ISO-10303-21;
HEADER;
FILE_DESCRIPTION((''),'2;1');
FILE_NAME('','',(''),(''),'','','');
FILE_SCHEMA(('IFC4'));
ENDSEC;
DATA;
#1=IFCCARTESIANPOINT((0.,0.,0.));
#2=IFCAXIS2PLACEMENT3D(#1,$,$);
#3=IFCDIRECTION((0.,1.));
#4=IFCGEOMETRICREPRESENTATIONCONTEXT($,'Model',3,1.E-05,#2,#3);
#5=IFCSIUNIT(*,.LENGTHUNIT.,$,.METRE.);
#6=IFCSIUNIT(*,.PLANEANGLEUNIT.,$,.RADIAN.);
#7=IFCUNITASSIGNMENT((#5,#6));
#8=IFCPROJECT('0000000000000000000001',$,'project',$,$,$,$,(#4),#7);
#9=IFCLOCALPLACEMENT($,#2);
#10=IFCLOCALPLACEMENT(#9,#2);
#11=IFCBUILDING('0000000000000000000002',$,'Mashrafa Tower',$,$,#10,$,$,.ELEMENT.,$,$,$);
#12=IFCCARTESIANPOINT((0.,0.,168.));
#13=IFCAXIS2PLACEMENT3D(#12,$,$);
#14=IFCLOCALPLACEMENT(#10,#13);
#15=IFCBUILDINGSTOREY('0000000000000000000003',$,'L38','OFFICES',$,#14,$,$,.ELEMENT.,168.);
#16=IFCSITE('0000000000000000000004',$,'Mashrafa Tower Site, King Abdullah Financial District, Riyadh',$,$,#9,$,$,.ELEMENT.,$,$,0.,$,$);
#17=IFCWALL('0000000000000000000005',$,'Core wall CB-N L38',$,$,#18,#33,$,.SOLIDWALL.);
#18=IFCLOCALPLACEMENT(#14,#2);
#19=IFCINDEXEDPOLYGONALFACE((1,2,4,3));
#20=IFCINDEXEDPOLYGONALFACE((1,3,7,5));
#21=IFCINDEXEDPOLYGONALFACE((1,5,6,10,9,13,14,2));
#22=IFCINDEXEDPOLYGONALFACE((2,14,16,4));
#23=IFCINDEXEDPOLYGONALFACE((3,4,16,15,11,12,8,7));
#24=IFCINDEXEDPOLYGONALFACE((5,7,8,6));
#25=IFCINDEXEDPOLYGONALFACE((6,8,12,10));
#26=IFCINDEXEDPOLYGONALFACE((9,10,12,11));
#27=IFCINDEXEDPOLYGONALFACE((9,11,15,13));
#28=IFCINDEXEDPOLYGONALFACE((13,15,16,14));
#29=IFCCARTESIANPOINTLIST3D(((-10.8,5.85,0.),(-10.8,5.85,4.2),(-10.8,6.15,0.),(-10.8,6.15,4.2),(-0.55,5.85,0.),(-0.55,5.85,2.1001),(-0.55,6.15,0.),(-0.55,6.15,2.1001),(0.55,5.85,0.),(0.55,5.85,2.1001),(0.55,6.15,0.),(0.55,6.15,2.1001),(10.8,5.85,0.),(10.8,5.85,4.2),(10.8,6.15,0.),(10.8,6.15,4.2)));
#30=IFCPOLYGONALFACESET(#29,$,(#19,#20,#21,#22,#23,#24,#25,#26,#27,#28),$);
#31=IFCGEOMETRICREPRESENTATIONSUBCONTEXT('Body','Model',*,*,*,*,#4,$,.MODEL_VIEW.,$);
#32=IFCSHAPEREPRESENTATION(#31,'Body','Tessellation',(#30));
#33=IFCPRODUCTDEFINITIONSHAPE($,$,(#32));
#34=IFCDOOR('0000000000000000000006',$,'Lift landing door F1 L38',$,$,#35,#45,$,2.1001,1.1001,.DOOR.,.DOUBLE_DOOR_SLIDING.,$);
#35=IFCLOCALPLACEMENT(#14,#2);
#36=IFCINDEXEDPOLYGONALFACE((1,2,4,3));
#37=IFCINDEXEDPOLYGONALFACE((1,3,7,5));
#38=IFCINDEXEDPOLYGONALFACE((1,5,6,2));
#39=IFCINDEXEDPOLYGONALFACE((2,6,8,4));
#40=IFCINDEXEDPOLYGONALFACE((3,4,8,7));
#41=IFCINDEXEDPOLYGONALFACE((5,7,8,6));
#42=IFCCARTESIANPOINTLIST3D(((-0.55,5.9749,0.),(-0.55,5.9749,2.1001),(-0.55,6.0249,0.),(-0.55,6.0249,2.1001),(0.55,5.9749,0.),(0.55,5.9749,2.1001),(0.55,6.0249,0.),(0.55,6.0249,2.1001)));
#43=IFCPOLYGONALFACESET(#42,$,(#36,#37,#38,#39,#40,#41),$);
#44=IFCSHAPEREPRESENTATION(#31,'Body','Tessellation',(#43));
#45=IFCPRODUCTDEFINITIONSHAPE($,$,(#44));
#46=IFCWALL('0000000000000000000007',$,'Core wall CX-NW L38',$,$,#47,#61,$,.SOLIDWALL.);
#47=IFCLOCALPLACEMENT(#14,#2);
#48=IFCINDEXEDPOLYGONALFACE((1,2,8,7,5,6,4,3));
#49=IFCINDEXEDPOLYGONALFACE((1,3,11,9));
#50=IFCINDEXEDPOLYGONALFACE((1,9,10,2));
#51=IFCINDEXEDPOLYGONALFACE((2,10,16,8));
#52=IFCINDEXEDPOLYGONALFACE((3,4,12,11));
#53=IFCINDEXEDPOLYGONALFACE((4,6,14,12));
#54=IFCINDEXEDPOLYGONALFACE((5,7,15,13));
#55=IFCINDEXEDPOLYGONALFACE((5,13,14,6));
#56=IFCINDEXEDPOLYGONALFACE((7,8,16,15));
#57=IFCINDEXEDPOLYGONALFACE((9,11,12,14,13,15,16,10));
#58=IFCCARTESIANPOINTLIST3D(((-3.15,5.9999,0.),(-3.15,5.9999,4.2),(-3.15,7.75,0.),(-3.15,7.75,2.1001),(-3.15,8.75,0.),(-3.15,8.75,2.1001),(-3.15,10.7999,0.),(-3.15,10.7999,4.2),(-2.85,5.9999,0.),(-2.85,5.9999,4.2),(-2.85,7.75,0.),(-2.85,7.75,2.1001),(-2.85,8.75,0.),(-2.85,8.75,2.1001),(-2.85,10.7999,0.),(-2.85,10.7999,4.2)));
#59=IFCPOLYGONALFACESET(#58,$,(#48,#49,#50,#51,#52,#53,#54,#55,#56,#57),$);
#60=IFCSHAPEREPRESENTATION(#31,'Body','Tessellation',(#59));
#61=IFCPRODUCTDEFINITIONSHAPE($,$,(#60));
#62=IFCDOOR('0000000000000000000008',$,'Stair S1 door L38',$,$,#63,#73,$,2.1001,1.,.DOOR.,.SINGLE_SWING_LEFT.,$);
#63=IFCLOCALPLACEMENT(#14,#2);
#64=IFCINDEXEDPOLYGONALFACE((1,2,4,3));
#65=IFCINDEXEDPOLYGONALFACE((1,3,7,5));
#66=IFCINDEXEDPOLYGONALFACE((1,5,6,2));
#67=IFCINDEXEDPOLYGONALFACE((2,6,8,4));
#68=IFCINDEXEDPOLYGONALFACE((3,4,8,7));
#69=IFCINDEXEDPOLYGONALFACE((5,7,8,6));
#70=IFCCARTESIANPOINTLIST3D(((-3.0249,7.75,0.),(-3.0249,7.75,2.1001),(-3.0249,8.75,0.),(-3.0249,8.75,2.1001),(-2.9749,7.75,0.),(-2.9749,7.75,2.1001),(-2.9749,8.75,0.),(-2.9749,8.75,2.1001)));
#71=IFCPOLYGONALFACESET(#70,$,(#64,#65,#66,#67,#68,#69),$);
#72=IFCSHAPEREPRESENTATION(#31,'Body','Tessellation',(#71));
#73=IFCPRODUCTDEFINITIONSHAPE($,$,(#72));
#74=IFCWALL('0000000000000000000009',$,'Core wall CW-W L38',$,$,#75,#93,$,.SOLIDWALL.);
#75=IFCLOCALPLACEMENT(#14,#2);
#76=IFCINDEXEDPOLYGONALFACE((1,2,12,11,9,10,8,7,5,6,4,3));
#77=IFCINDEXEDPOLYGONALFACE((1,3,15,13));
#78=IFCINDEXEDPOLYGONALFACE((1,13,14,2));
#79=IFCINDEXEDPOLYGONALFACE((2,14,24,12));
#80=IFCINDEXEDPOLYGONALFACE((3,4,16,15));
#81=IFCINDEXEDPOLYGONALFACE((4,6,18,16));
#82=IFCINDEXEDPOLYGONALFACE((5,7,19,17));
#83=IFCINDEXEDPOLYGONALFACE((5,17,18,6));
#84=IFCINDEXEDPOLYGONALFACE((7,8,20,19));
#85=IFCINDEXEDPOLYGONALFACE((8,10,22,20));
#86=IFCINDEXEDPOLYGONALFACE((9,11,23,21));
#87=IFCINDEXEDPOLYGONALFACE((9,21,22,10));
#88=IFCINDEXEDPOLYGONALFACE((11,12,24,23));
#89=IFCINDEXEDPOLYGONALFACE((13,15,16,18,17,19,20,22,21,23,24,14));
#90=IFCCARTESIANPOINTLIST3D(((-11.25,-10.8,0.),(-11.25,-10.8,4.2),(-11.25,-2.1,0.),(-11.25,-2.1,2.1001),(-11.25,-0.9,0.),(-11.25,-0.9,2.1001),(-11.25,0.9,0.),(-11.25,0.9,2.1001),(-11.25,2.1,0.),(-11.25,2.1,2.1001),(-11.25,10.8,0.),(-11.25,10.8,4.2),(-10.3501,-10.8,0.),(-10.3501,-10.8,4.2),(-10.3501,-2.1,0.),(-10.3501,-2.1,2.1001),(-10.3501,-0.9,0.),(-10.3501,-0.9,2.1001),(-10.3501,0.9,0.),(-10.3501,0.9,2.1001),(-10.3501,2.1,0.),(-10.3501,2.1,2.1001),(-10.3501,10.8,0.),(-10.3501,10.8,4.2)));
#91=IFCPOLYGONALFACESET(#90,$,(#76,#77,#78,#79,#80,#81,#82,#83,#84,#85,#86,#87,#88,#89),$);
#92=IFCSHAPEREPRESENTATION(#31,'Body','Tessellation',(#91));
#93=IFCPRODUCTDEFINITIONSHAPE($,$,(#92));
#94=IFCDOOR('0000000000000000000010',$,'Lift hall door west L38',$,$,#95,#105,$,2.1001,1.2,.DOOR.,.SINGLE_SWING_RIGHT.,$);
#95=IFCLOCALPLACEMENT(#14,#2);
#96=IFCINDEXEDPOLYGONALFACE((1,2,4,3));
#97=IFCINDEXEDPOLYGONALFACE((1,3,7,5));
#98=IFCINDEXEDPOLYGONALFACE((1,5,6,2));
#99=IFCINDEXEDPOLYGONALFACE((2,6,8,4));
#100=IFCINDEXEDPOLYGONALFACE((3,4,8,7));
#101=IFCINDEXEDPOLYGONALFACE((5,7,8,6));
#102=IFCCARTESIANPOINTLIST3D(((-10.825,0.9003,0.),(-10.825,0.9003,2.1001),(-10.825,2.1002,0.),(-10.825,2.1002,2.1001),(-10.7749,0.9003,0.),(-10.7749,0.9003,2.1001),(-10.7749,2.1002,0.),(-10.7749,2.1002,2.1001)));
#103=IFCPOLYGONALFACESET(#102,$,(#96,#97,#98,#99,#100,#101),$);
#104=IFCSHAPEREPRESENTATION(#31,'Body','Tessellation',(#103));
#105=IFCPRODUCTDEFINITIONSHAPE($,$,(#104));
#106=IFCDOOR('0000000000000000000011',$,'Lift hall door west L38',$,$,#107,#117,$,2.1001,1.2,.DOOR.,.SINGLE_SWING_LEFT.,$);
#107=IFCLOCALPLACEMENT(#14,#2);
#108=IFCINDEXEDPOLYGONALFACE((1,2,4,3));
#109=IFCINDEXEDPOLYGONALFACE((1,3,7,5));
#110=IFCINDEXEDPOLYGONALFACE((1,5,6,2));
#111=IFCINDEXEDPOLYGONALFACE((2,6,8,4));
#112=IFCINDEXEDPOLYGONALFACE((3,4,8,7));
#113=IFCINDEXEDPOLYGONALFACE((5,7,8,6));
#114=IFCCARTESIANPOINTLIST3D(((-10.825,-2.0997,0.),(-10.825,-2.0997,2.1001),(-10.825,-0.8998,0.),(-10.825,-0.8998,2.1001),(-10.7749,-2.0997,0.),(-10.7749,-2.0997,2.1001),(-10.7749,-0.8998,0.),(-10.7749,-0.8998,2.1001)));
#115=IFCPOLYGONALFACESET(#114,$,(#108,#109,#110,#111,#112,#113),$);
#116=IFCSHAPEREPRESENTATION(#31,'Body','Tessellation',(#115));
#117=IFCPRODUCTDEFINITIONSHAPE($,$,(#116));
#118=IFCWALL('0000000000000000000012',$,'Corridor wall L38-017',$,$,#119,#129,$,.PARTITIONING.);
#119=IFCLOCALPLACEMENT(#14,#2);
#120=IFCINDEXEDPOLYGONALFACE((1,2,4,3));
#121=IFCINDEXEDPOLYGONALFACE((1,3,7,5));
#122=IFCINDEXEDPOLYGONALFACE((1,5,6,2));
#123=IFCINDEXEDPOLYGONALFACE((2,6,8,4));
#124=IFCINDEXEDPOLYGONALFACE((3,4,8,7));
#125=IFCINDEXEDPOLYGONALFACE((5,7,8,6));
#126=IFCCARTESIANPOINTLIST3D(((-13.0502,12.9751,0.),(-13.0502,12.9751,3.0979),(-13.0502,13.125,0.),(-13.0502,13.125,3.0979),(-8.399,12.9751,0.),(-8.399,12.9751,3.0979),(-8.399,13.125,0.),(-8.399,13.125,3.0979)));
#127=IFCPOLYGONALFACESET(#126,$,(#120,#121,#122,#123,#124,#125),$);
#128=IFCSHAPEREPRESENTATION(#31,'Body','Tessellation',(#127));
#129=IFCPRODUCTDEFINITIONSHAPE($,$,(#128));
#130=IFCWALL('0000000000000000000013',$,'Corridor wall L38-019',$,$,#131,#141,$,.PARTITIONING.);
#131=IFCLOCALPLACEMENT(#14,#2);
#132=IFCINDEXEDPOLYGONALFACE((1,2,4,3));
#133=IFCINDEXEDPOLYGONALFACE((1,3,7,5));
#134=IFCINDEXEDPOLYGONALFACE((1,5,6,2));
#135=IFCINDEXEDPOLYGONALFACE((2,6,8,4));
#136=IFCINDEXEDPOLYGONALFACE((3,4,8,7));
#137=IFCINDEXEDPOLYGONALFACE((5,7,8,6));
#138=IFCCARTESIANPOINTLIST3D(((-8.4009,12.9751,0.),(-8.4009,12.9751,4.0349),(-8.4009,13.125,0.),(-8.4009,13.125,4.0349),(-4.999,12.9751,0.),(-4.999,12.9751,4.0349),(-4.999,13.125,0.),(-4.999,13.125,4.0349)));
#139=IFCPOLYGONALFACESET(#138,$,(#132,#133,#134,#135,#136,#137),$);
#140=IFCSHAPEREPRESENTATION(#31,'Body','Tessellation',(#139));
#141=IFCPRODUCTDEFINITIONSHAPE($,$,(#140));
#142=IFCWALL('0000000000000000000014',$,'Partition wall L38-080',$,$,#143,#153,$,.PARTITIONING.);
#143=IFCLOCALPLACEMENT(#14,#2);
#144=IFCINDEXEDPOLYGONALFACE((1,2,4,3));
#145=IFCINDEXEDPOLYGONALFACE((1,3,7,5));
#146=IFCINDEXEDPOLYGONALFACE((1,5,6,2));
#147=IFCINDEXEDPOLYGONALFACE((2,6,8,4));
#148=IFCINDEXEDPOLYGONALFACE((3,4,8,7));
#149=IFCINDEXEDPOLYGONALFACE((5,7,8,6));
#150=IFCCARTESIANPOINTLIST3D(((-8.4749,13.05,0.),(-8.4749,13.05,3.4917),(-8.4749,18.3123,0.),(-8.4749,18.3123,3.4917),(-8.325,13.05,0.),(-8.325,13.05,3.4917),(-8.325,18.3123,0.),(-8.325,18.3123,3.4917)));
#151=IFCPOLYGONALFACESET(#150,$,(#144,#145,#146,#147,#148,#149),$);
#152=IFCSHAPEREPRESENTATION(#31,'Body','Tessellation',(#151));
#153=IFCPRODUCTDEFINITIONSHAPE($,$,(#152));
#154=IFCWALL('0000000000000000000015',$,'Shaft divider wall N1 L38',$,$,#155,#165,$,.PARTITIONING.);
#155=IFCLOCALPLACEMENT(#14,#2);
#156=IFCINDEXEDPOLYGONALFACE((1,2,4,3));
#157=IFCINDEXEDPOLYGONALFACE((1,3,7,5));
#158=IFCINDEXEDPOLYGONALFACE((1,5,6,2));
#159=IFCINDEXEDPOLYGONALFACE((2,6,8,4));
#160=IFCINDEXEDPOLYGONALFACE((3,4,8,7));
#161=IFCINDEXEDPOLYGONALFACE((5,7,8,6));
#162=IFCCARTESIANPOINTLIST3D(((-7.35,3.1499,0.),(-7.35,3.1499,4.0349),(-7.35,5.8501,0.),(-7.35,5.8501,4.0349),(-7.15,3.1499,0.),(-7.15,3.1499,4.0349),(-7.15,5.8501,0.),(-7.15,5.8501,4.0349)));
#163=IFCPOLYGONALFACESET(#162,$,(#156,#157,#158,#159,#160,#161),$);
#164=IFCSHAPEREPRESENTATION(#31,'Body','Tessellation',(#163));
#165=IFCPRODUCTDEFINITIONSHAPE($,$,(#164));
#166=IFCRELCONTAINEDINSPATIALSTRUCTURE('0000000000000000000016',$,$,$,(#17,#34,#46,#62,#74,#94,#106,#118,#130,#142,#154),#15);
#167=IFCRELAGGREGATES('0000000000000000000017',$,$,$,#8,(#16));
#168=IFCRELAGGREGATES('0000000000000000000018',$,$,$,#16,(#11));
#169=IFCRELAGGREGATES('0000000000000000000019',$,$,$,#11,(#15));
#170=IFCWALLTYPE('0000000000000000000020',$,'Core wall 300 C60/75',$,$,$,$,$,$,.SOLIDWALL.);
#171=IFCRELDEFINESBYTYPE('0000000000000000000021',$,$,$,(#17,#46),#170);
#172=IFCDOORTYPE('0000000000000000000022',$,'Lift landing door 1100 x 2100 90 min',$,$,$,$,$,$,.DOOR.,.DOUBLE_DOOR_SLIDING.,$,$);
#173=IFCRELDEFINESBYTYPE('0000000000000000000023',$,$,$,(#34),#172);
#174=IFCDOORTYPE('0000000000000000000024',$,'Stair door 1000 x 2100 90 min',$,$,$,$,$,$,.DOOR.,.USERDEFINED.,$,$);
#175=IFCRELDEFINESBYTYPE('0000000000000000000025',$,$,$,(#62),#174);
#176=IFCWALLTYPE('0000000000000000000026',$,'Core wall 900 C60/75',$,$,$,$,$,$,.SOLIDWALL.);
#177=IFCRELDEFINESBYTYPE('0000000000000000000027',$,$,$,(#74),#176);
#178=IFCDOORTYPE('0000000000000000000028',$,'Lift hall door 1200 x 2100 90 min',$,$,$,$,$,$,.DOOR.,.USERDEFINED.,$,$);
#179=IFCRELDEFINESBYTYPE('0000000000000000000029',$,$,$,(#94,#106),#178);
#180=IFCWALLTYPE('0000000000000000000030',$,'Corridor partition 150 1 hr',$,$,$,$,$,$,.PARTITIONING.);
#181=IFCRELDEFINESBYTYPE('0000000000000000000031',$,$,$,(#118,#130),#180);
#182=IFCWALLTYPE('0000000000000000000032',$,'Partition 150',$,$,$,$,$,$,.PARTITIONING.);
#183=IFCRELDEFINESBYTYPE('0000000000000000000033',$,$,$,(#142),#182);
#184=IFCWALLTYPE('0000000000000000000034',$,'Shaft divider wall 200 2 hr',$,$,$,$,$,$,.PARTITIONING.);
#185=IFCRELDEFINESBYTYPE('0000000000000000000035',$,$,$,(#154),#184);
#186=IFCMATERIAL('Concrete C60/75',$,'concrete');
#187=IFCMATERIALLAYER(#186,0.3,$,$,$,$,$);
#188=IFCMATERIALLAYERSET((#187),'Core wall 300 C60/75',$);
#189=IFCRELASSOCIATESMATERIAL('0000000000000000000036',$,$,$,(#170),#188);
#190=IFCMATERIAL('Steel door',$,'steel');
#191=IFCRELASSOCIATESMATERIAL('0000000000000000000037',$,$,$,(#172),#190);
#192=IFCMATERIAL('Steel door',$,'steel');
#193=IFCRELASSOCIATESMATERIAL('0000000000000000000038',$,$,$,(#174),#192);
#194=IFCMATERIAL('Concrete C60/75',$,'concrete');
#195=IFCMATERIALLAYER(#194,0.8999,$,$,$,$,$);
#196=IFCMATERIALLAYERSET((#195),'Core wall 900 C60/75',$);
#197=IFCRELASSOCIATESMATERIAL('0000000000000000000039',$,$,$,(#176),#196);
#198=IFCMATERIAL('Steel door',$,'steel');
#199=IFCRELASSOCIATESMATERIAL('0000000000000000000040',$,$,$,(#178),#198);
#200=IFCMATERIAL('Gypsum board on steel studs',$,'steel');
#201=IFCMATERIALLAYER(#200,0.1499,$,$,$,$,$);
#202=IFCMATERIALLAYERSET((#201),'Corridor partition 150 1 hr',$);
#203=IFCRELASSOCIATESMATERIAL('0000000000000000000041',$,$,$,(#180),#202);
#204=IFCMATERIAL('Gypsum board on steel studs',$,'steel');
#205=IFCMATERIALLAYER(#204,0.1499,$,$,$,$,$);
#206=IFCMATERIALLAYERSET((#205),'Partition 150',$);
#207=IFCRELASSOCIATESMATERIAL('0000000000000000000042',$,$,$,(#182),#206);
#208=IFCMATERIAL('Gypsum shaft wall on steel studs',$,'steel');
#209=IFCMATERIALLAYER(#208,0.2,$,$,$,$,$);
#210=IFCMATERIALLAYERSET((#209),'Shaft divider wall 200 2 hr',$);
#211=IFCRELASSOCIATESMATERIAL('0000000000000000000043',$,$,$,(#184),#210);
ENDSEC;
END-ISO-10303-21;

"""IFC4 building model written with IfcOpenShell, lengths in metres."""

from ifc_helpers import new_model, si_unit, direction, frame, frame_2d, origin, place, context, subcontext, project, spatial, rectangle, extrude, material, layer, layer_set, type_object, element, fill, save


model = new_model("IFC4")

# Units and contexts
model_context = context("Model", 3, precision=1e-05, world=origin(), true_north=direction((0.0, 1.0)))
body_context = subcontext(model_context, "Body", "Model", "MODEL_VIEW")
ifc_project = project(units=[si_unit("LENGTHUNIT", "METRE"), si_unit("PLANEANGLEUNIT", "RADIAN")], contexts=[model_context])

# Site, building, storey
site_placement = place(None, origin())
site = spatial("IfcSite", under=ifc_project, at=site_placement, Name="Mashrafa Tower Site, King Abdullah Financial District, Riyadh", CompositionType="ELEMENT", RefElevation=0.0)
building_placement = place(site_placement, origin())
building = spatial("IfcBuilding", under=site, at=building_placement, Name="Mashrafa Tower", CompositionType="ELEMENT")
storey_placement = place(building_placement, frame((0.0, 0.0, 168.0)))
storey = spatial("IfcBuildingStorey", under=building, at=storey_placement, Name="L38", Description="OFFICES", CompositionType="ELEMENT", Elevation=168.0)

# Walls, openings, doors
ifc_material_1 = material(Name="Concrete C60/75", Category="concrete")
ifc_layer_1 = layer(ifc_material_1, 0.3)
ifc_layer_set_1 = layer_set([ifc_layer_1], Name="Core wall 300 C60/75")
wall_type_1 = type_object("IfcWallType", Name="Core wall 300 C60/75", PredefinedType="SOLIDWALL", material=ifc_layer_set_1)
wall_1_placement = place(storey_placement, frame((-10.8, 6.0, 0.0), z_axis=(0.0, 0.0, 1.0), x_axis=(1.0, 0.0, 0.0)))
wall_1 = element("IfcWall", 1, at=wall_1_placement, inside=storey, type_object=wall_type_1, Name="Core wall CB-N L38", PredefinedType="SOLIDWALL", context=body_context, shape_type="SweptSolid", body=[
    extrude(rectangle(XDim=21.6001, YDim=0.3, at=frame_2d((10.8, 0.0))), origin(), (0.0, 0.0, 1.0), 4.2),
])
opening_1_placement = place(wall_1_placement, frame((10.25, 0.0, 0.0)))
opening_1 = element("IfcOpeningElement", 2, at=opening_1_placement, cuts=wall_1, PredefinedType="OPENING", context=body_context, shape_type="SweptSolid", body=[
    extrude(rectangle(XDim=1.1001, YDim=2.1001, at=frame_2d((0.55, 1.05))), frame((0.0, 0.1599, 0.0), z_axis=(0.0, -1.0, 0.0), x_axis=(1.0, 0.0, 0.0)), (0.0, 0.0, 1.0), 0.3201),
])
ifc_material_2 = material(Name="Steel door", Category="steel")
door_type_1 = type_object("IfcDoorType", Name="Lift landing door 1100 x 2100 90 min", OperationType="DOUBLE_DOOR_SLIDING", PredefinedType="DOOR", material=ifc_material_2)
door_1_placement = place(opening_1_placement, origin())
door_1 = element("IfcDoor", 3, at=door_1_placement, inside=storey, type_object=door_type_1, Name="Lift landing door F1 L38", OperationType="DOUBLE_DOOR_SLIDING", OverallHeight=2.1001, OverallWidth=1.1001, PredefinedType="DOOR", context=body_context, shape_type="SweptSolid", body=[
    extrude(rectangle(XDim=1.1001, YDim=2.1001, at=frame_2d((0.55, 1.05))), frame((0.0, 0.0249, 0.0), z_axis=(0.0, -1.0, 0.0), x_axis=(1.0, 0.0, 0.0)), (0.0, 0.0, 1.0), 0.05),
])
fill(opening_1, door_1)
wall_2_placement = place(storey_placement, frame((-3.0, 6.0, 0.0), z_axis=(0.0, 0.0, 1.0), x_axis=(0.0, 1.0, 0.0)))
wall_2 = element("IfcWall", 4, at=wall_2_placement, inside=storey, type_object=wall_type_1, Name="Core wall CX-NW L38", PredefinedType="SOLIDWALL", context=body_context, shape_type="SweptSolid", body=[
    extrude(rectangle(XDim=4.8, YDim=0.3, at=frame_2d((2.3999, 0.0))), origin(), (0.0, 0.0, 1.0), 4.2),
])
opening_2_placement = place(wall_2_placement, frame((1.75, 0.0, 0.0)))
opening_2 = element("IfcOpeningElement", 5, at=opening_2_placement, cuts=wall_2, PredefinedType="OPENING", context=body_context, shape_type="SweptSolid", body=[
    extrude(rectangle(XDim=1.0, YDim=2.1001, at=frame_2d((0.5, 1.05))), frame((0.0, 0.1599, 0.0), z_axis=(0.0, -1.0, 0.0), x_axis=(1.0, 0.0, 0.0)), (0.0, 0.0, 1.0), 0.3201),
])
ifc_material_3 = material(Name="Steel door", Category="steel")
door_type_2 = type_object("IfcDoorType", Name="Stair door 1000 x 2100 90 min", OperationType="USERDEFINED", PredefinedType="DOOR", material=ifc_material_3)
door_2_placement = place(opening_2_placement, origin())
door_2 = element("IfcDoor", 6, at=door_2_placement, inside=storey, type_object=door_type_2, Name="Stair S1 door L38", OperationType="SINGLE_SWING_LEFT", OverallHeight=2.1001, OverallWidth=1.0, PredefinedType="DOOR", context=body_context, shape_type="SweptSolid", body=[
    extrude(rectangle(XDim=1.0, YDim=2.1001, at=frame_2d((0.5, 1.05))), frame((0.0, 0.0249, 0.0), z_axis=(0.0, -1.0, 0.0), x_axis=(1.0, 0.0, 0.0)), (0.0, 0.0, 1.0), 0.05),
])
fill(opening_2, door_2)

# Wall, openings, doors
ifc_material_4 = material(Name="Concrete C60/75", Category="concrete")
ifc_layer_2 = layer(ifc_material_4, 0.8999)
ifc_layer_set_2 = layer_set([ifc_layer_2], Name="Core wall 900 C60/75")
wall_type_2 = type_object("IfcWallType", Name="Core wall 900 C60/75", PredefinedType="SOLIDWALL", material=ifc_layer_set_2)
wall_3_placement = place(storey_placement, frame((-10.8, 10.8, 0.0), z_axis=(0.0, 0.0, 1.0), x_axis=(0.0, -1.0, 0.0)))
wall_3 = element("IfcWall", 7, at=wall_3_placement, inside=storey, type_object=wall_type_2, Name="Core wall CW-W L38", PredefinedType="SOLIDWALL", context=body_context, shape_type="SweptSolid", body=[
    extrude(rectangle(XDim=21.6001, YDim=0.8999, at=frame_2d((10.8, 0.0))), origin(), (0.0, 0.0, 1.0), 4.2),
])
opening_3_placement = place(wall_3_placement, frame((8.7, 0.0, 0.0)))
opening_3 = element("IfcOpeningElement", 8, at=opening_3_placement, cuts=wall_3, PredefinedType="OPENING", context=body_context, shape_type="SweptSolid", body=[
    extrude(rectangle(XDim=1.2, YDim=2.1001, at=frame_2d((0.6001, 1.05))), frame((0.0, 0.46, 0.0), z_axis=(0.0, -1.0, 0.0), x_axis=(1.0, 0.0, 0.0)), (0.0, 0.0, 1.0), 0.9199),
])
opening_4_placement = place(wall_3_placement, frame((11.7, 0.0, 0.0)))
opening_4 = element("IfcOpeningElement", 9, at=opening_4_placement, cuts=wall_3, PredefinedType="OPENING", context=body_context, shape_type="SweptSolid", body=[
    extrude(rectangle(XDim=1.2, YDim=2.1001, at=frame_2d((0.6001, 1.05))), frame((0.0, 0.46, 0.0), z_axis=(0.0, -1.0, 0.0), x_axis=(1.0, 0.0, 0.0)), (0.0, 0.0, 1.0), 0.9199),
])
ifc_material_5 = material(Name="Steel door", Category="steel")
door_type_3 = type_object("IfcDoorType", Name="Lift hall door 1200 x 2100 90 min", OperationType="USERDEFINED", PredefinedType="DOOR", material=ifc_material_5)
door_3_placement = place(opening_3_placement, frame((1.2, 0.0, 0.0), z_axis=(0.0, 0.0, 1.0), x_axis=(-1.0, 0.0, 0.0)))
door_3 = element("IfcDoor", 10, at=door_3_placement, inside=storey, type_object=door_type_3, Name="Lift hall door west L38", OperationType="SINGLE_SWING_RIGHT", OverallHeight=2.1001, OverallWidth=1.2, PredefinedType="DOOR", context=body_context, shape_type="SweptSolid", body=[
    extrude(rectangle(XDim=1.2, YDim=2.1001, at=frame_2d((0.6001, 1.05))), frame((0.0, 0.0249, 0.0), z_axis=(0.0, -1.0, 0.0), x_axis=(1.0, 0.0, 0.0)), (0.0, 0.0, 1.0), 0.05),
])
fill(opening_3, door_3)
door_4_placement = place(opening_4_placement, frame((1.2, 0.0, 0.0), z_axis=(0.0, 0.0, 1.0), x_axis=(-1.0, 0.0, 0.0)))
door_4 = element("IfcDoor", 11, at=door_4_placement, inside=storey, type_object=door_type_3, Name="Lift hall door west L38", OperationType="SINGLE_SWING_LEFT", OverallHeight=2.1001, OverallWidth=1.2, PredefinedType="DOOR", context=body_context, shape_type="SweptSolid", body=[
    extrude(rectangle(XDim=1.2, YDim=2.1001, at=frame_2d((0.6001, 1.05))), frame((0.0, 0.0249, 0.0), z_axis=(0.0, -1.0, 0.0), x_axis=(1.0, 0.0, 0.0)), (0.0, 0.0, 1.0), 0.05),
])
fill(opening_4, door_4)

# Walls
ifc_material_6 = material(Name="Gypsum board on steel studs", Category="steel")
ifc_layer_3 = layer(ifc_material_6, 0.1499)
ifc_layer_set_3 = layer_set([ifc_layer_3], Name="Corridor partition 150 1 hr")
wall_type_3 = type_object("IfcWallType", Name="Corridor partition 150 1 hr", PredefinedType="PARTITIONING", material=ifc_layer_set_3)
wall_4_placement = place(storey_placement, frame((-8.3989, 13.05, 0.0), z_axis=(0.0, 0.0, 1.0), x_axis=(-1.0, 0.0, 0.0)))
element("IfcWall", 12, at=wall_4_placement, inside=storey, type_object=wall_type_3, Name="Corridor wall L38-017", PredefinedType="PARTITIONING", context=body_context, shape_type="SweptSolid", body=[
    extrude(rectangle(XDim=4.6511, YDim=0.1499, at=frame_2d((2.3257, 0.0))), origin(), (0.0, 0.0, 1.0), 3.0979),
])
wall_5_placement = place(storey_placement, frame((-4.999, 13.05, 0.0), z_axis=(0.0, 0.0, 1.0), x_axis=(-1.0, 0.0, 0.0)))
element("IfcWall", 13, at=wall_5_placement, inside=storey, type_object=wall_type_3, Name="Corridor wall L38-019", PredefinedType="PARTITIONING", context=body_context, shape_type="SweptSolid", body=[
    extrude(rectangle(XDim=3.4019, YDim=0.1499, at=frame_2d((1.7009, 0.0))), origin(), (0.0, 0.0, 1.0), 4.0349),
])
ifc_material_7 = material(Name="Gypsum board on steel studs", Category="steel")
ifc_layer_4 = layer(ifc_material_7, 0.1499)
ifc_layer_set_4 = layer_set([ifc_layer_4], Name="Partition 150")
wall_type_4 = type_object("IfcWallType", Name="Partition 150", PredefinedType="PARTITIONING", material=ifc_layer_set_4)
wall_6_placement = place(storey_placement, frame((-8.3999, 13.05, 0.0), z_axis=(0.0, 0.0, 1.0), x_axis=(0.0, 1.0, 0.0)))
element("IfcWall", 14, at=wall_6_placement, inside=storey, type_object=wall_type_4, Name="Partition wall L38-080", PredefinedType="PARTITIONING", context=body_context, shape_type="SweptSolid", body=[
    extrude(rectangle(XDim=5.2622, YDim=0.1499, at=frame_2d((2.6311, 0.0))), origin(), (0.0, 0.0, 1.0), 3.4917),
])
ifc_material_8 = material(Name="Gypsum shaft wall on steel studs", Category="steel")
ifc_layer_5 = layer(ifc_material_8, 0.2)
ifc_layer_set_5 = layer_set([ifc_layer_5], Name="Shaft divider wall 200 2 hr")
wall_type_5 = type_object("IfcWallType", Name="Shaft divider wall 200 2 hr", PredefinedType="PARTITIONING", material=ifc_layer_set_5)
for number, where, z_axis, x_axis, name in (
    (15, (-7.25, 3.1499, 0.0), (0.0, 0.0, 1.0), (0.0, 1.0, 0.0), "Shaft divider wall N1 L38"),
):
    element("IfcWall", number, at=place(storey_placement, frame(where, z_axis=z_axis, x_axis=x_axis)), inside=storey, type_object=wall_type_5, Name=name, PredefinedType="PARTITIONING", context=body_context, shape_type="SweptSolid", body=[
        extrude(rectangle(XDim=2.7002, YDim=0.2, at=frame_2d((1.3501, 0.0))), origin(), (0.0, 0.0, 1.0), 4.0349),
    ])

save(model, "model.ifc")
